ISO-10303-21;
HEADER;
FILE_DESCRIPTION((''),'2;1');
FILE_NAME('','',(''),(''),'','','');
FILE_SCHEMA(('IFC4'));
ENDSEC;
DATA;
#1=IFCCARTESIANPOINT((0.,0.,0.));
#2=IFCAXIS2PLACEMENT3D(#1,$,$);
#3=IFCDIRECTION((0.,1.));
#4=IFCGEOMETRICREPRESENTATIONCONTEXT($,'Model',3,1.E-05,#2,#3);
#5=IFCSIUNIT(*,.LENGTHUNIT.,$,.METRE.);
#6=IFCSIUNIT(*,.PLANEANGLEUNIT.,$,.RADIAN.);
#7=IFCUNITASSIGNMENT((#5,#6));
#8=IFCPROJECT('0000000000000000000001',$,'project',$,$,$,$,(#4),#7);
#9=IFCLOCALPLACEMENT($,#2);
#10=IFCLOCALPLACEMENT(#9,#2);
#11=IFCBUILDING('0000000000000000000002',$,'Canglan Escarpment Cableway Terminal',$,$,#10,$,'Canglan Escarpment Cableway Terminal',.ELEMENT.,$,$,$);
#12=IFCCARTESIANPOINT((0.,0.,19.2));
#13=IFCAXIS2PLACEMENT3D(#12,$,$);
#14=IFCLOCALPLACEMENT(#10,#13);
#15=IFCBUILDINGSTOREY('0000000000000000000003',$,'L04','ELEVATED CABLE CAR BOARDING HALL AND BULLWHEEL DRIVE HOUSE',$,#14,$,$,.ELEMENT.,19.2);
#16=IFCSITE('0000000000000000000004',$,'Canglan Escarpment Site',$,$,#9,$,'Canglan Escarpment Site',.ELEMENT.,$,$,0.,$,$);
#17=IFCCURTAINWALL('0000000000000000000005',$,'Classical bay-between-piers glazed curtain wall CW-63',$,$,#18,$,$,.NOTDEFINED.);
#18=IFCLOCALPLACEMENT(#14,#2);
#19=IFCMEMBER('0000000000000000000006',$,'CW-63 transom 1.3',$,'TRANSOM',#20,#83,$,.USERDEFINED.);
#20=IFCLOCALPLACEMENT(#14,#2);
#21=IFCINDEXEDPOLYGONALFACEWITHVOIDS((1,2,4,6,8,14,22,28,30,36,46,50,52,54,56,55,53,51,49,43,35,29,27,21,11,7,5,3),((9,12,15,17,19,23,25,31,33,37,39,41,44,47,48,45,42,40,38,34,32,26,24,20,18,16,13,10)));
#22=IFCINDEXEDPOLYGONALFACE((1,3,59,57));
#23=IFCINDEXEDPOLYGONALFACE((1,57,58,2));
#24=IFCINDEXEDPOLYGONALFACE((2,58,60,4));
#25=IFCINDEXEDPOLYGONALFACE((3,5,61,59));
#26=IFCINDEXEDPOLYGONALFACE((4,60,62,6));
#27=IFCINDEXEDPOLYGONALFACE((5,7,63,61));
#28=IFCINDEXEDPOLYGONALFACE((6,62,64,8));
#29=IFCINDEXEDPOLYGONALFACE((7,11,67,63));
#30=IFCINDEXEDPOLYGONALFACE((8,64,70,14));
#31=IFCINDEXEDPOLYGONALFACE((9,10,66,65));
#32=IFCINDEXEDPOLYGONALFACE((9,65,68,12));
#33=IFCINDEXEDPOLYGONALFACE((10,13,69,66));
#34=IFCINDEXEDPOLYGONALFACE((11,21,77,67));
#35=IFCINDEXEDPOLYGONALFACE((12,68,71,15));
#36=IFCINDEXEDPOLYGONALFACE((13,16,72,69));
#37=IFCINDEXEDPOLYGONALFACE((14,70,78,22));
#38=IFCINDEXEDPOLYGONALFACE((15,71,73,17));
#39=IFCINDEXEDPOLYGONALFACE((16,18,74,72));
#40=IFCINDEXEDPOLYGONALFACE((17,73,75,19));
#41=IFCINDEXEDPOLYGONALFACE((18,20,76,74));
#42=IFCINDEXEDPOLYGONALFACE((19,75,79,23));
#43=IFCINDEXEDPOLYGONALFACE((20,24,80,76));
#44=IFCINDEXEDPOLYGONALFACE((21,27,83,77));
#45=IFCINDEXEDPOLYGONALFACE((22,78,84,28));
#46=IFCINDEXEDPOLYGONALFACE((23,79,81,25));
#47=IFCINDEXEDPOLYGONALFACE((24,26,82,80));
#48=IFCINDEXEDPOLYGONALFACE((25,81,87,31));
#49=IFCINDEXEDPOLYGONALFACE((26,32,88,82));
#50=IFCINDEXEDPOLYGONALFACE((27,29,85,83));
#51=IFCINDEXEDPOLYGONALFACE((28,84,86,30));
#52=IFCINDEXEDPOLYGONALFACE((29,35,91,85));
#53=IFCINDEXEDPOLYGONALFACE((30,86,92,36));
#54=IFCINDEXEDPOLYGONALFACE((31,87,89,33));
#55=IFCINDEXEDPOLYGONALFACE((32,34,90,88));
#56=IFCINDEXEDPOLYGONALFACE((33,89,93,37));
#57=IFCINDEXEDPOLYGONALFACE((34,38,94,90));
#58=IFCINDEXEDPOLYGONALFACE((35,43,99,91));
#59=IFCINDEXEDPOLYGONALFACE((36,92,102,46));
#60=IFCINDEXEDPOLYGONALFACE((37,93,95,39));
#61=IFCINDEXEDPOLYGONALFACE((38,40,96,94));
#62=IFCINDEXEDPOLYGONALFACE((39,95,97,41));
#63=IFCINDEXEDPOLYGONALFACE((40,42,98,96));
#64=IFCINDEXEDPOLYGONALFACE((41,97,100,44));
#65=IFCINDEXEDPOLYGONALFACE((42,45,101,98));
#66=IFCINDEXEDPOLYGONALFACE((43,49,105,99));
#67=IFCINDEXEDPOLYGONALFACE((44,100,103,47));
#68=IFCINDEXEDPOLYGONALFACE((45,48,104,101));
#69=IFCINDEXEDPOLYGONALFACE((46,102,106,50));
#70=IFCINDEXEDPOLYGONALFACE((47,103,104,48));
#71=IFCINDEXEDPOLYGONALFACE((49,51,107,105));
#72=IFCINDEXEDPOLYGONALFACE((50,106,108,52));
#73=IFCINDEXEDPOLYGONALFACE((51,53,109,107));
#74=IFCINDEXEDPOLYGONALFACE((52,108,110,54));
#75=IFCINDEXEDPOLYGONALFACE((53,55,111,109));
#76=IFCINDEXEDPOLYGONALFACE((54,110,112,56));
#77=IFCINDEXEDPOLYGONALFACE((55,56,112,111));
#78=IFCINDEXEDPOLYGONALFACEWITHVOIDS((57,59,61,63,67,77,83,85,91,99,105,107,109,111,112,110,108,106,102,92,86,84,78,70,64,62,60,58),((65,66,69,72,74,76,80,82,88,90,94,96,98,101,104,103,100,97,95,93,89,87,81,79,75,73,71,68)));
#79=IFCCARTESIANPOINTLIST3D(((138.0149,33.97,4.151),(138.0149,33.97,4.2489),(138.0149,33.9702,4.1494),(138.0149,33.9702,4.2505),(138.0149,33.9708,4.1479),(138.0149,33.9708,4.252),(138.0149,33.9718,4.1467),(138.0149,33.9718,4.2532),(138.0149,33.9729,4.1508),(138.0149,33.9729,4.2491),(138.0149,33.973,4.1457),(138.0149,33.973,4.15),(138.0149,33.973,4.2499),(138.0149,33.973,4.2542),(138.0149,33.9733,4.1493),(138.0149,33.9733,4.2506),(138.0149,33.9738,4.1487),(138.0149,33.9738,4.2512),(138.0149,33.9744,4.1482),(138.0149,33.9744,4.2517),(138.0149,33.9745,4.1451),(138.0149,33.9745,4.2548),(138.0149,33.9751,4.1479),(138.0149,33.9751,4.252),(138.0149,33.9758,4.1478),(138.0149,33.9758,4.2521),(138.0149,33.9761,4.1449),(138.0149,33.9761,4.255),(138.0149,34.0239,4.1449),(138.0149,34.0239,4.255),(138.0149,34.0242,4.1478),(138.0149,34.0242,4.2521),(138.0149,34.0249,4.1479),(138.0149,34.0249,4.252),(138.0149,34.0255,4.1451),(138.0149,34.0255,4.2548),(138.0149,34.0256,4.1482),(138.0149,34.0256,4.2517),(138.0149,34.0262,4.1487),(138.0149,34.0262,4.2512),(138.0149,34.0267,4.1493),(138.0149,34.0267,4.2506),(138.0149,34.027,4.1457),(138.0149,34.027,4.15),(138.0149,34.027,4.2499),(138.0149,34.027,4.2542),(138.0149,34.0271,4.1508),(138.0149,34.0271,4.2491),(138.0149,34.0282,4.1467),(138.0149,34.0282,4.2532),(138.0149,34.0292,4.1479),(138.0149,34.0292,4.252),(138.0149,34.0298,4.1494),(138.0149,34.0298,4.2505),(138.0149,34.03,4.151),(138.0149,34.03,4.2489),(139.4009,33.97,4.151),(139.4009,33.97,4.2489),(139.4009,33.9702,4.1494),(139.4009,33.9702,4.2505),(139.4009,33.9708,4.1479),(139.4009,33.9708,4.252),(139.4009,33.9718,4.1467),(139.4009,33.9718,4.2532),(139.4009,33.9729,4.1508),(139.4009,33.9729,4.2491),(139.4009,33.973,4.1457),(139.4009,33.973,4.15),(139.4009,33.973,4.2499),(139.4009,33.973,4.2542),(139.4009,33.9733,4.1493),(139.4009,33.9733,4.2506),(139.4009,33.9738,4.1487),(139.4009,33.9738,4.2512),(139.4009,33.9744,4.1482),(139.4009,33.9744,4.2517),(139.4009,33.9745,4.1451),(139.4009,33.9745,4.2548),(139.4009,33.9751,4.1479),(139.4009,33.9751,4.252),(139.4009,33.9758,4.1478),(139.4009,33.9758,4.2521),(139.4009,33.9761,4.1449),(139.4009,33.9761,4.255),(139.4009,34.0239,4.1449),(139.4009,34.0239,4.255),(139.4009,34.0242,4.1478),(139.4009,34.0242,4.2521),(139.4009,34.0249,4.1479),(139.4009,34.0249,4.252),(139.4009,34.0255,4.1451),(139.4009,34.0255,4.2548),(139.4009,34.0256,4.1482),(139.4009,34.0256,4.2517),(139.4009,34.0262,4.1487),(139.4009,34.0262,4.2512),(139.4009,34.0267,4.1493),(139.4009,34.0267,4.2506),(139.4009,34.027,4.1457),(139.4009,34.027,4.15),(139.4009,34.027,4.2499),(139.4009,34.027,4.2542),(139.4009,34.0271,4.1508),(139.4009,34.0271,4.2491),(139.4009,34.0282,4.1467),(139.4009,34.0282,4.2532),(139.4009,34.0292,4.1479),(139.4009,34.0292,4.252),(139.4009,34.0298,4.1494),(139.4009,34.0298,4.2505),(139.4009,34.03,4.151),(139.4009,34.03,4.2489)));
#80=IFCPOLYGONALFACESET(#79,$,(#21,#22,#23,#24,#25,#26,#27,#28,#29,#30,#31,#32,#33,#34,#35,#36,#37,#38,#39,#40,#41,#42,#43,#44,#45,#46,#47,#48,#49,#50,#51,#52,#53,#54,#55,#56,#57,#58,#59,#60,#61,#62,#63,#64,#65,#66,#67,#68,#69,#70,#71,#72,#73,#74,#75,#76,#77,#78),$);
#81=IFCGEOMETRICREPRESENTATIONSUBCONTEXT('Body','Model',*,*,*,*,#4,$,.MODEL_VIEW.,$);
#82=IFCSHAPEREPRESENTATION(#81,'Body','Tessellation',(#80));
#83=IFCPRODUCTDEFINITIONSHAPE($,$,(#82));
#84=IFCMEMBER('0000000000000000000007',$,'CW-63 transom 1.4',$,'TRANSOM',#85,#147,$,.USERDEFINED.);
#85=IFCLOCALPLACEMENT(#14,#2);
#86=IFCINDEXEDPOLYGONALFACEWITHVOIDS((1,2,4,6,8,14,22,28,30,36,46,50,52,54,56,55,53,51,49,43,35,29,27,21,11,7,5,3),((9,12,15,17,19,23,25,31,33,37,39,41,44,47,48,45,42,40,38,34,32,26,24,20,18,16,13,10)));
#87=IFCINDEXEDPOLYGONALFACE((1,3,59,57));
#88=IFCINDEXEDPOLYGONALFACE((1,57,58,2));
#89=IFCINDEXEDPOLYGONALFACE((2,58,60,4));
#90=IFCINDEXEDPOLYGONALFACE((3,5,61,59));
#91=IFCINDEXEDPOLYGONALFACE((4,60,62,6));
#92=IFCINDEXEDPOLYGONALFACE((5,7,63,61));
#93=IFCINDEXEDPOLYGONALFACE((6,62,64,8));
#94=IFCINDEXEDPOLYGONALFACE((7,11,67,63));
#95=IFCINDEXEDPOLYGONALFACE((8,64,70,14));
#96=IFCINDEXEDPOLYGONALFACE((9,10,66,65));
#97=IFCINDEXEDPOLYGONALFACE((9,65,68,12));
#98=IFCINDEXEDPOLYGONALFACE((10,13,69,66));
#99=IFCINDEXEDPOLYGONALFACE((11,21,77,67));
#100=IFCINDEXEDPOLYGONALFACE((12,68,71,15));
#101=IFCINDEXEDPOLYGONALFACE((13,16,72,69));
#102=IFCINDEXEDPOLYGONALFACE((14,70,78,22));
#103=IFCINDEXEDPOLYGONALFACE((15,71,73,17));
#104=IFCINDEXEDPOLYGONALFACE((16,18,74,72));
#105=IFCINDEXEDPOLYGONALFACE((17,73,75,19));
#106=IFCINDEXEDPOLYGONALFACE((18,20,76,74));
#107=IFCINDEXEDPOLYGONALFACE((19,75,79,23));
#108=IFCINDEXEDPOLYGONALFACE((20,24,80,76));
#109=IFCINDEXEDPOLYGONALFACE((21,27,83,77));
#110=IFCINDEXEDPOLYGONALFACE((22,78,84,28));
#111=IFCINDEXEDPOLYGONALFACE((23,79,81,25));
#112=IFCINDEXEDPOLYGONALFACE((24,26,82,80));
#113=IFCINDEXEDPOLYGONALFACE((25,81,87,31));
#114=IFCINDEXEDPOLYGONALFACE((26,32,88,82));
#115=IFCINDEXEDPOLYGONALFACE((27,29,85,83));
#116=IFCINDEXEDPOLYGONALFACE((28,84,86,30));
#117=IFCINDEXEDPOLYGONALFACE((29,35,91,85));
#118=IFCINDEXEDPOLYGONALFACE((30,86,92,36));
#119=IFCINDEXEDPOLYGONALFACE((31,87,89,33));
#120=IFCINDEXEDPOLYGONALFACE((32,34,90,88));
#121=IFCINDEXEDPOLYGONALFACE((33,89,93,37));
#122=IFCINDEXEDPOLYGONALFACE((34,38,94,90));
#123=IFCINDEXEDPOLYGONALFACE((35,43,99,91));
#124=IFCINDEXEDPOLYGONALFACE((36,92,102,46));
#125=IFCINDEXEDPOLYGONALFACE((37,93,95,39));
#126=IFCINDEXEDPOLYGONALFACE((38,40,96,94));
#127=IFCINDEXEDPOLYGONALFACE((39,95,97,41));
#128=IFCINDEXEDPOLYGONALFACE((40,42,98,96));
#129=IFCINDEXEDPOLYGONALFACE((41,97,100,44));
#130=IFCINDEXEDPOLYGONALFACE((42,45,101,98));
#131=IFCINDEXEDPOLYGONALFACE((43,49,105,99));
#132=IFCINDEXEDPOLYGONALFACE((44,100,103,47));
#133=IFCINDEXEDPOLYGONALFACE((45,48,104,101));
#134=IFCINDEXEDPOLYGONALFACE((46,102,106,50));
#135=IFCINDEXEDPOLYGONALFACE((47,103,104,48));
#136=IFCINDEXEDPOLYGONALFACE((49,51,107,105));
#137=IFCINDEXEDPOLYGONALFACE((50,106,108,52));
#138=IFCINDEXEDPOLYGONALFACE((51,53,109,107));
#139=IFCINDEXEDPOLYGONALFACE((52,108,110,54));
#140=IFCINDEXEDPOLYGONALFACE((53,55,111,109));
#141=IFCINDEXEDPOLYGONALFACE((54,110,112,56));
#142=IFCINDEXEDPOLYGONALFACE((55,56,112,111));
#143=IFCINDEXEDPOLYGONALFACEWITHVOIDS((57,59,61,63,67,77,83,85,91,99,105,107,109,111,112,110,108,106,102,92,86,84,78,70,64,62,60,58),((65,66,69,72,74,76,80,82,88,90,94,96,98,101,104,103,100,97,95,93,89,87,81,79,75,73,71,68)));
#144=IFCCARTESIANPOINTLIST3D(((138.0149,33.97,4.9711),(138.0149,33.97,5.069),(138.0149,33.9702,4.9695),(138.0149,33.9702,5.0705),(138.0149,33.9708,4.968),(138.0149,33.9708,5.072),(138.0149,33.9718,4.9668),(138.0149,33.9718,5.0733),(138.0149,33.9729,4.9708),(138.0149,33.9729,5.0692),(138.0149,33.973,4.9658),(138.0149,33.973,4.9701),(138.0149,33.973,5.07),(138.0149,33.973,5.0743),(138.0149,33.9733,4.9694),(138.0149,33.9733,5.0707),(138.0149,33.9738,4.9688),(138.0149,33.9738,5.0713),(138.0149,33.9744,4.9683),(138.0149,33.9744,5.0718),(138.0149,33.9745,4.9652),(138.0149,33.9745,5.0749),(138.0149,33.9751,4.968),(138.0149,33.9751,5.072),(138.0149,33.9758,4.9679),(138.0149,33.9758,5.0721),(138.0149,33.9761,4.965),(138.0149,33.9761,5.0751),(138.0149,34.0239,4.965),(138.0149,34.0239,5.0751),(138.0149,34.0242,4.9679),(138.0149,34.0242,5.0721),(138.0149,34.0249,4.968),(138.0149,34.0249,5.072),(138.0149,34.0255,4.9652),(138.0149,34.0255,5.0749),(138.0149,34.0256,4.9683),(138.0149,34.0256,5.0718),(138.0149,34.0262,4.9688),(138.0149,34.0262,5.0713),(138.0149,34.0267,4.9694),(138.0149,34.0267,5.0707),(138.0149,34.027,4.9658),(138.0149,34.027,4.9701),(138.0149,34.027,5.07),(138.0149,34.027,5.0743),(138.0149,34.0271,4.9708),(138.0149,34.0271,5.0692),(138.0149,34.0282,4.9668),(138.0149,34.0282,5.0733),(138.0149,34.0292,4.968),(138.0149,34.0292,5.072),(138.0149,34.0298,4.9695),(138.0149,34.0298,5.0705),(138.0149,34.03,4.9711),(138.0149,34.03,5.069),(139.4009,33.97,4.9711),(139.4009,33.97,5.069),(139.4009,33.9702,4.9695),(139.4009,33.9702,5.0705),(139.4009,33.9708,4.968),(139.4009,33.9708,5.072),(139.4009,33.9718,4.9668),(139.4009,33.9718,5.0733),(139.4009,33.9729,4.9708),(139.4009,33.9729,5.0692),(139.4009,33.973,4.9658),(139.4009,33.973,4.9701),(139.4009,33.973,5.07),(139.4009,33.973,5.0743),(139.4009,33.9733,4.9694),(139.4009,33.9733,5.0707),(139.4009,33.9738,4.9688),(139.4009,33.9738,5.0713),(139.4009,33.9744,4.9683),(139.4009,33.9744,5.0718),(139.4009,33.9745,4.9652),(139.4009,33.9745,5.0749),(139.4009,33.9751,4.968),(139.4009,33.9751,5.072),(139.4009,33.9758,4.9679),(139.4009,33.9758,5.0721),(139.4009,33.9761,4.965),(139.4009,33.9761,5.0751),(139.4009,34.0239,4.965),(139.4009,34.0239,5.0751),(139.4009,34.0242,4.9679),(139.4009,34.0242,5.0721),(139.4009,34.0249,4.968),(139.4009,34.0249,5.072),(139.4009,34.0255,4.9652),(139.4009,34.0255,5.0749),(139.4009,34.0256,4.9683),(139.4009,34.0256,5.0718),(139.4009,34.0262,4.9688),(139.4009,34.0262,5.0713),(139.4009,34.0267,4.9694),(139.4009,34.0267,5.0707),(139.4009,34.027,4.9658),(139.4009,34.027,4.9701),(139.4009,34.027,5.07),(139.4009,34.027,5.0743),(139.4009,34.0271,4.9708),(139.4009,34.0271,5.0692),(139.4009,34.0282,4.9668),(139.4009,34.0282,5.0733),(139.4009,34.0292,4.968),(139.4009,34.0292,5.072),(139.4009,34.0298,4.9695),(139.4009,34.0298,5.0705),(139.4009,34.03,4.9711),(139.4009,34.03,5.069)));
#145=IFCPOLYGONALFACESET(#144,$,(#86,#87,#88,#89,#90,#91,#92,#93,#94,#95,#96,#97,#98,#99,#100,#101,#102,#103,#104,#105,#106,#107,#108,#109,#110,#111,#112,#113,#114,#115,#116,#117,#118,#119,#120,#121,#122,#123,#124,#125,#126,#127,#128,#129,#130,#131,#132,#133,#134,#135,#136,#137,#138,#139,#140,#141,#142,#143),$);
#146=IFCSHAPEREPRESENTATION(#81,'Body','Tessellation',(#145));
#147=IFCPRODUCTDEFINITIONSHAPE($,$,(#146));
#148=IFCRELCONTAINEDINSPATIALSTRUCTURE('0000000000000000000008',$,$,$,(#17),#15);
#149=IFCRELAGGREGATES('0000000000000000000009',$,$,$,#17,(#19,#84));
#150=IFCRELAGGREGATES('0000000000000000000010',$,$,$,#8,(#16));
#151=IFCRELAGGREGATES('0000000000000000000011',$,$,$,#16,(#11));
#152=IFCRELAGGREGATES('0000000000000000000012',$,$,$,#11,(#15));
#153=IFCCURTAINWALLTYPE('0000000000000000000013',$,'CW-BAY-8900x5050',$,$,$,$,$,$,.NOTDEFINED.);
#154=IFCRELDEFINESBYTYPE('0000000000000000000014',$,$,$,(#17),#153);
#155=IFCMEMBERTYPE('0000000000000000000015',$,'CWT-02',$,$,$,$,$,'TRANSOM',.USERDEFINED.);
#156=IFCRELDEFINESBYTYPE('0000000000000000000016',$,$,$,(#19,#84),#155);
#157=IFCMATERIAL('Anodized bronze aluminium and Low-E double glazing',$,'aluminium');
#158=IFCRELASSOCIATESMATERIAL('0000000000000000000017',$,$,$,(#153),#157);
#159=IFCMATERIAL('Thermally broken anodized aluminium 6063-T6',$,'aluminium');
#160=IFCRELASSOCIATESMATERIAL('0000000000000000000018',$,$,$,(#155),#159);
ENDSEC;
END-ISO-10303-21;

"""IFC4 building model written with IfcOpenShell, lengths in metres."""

from ifc_helpers import new_model, si_unit, direction, frame, origin, origin_2d, place, context, subcontext, project, spatial, hollow_rectangle, extrude, material, material_profile, profile_set, type_object, element, aggregate, save


model = new_model("IFC4")

# Units and contexts
model_context = context("Model", 3, precision=1e-05, world=origin(), true_north=direction((0.0, 1.0)))
body_context = subcontext(model_context, "Body", "Model", "MODEL_VIEW")
ifc_project = project(units=[si_unit("LENGTHUNIT", "METRE"), si_unit("PLANEANGLEUNIT", "RADIAN")], contexts=[model_context])

# Site, building, storey
site_placement = place(None, origin())
site = spatial("IfcSite", under=ifc_project, at=site_placement, Name="Canglan Escarpment Site", LongName="Canglan Escarpment Site", CompositionType="ELEMENT", RefElevation=0.0)
building_placement = place(site_placement, origin())
building = spatial("IfcBuilding", under=site, at=building_placement, Name="Canglan Escarpment Cableway Terminal", LongName="Canglan Escarpment Cableway Terminal", CompositionType="ELEMENT")
storey_placement = place(building_placement, frame((0.0, 0.0, 19.2)))
storey = spatial("IfcBuildingStorey", under=building, at=storey_placement, Name="L04", Description="ELEVATED CABLE CAR BOARDING HALL AND BULLWHEEL DRIVE HOUSE", CompositionType="ELEMENT", Elevation=19.2)

# Curtain wall, members
ifc_material_1 = material(Name="Anodized bronze aluminium and Low-E double glazing", Category="aluminium")
curtain_wall_type = type_object("IfcCurtainWallType", Name="CW-BAY-8900x5050", PredefinedType="NOTDEFINED", material=ifc_material_1)
curtain_wall_placement = place(storey_placement, origin())
curtain_wall = element("IfcCurtainWall", 1, at=curtain_wall_placement, inside=storey, type_object=curtain_wall_type, Name="Classical bay-between-piers glazed curtain wall CW-63", PredefinedType="NOTDEFINED")
ifc_material_2 = material(Name="Thermally broken anodized aluminium 6063-T6", Category="aluminium")
ifc_material_profile_1 = material_profile(ifc_material_2, hollow_rectangle(XDim=0.0601, YDim=0.1101, WallThickness=0.0029, InnerFilletRadius=0.0029, OuterFilletRadius=0.0061, at=origin_2d()), Name="ALU-TRAN 60x110x3")
ifc_profile_set_1 = profile_set([ifc_material_profile_1], Name="Thermally broken anodized aluminium 6063-T6")
member_type_1 = type_object("IfcMemberType", Name="CWT-02", ElementType="TRANSOM", PredefinedType="USERDEFINED", material=ifc_profile_set_1)
member_1_placement = place(storey_placement, frame((138.0149, 34.0, 4.2), z_axis=(1.0, 0.0, 0.0), x_axis=(0.0, 1.0, 0.0)))
member_1 = element("IfcMember", 2, at=member_1_placement, type_object=member_type_1, Name="CW-63 transom 1.3", ObjectType="TRANSOM", PredefinedType="USERDEFINED", context=body_context, shape_type="SweptSolid", body=[
    extrude(hollow_rectangle(XDim=0.0601, YDim=0.1101, WallThickness=0.0029, InnerFilletRadius=0.0029, OuterFilletRadius=0.0061, at=origin_2d()), origin(), (0.0, 0.0, 1.0), 1.386),
])
member_2_placement = place(storey_placement, frame((138.0149, 34.0, 5.02), z_axis=(1.0, 0.0, 0.0), x_axis=(0.0, 1.0, 0.0)))
member_2 = element("IfcMember", 3, at=member_2_placement, type_object=member_type_1, Name="CW-63 transom 1.4", ObjectType="TRANSOM", PredefinedType="USERDEFINED", context=body_context, shape_type="SweptSolid", body=[
    extrude(hollow_rectangle(XDim=0.0601, YDim=0.1101, WallThickness=0.0029, InnerFilletRadius=0.0029, OuterFilletRadius=0.0061, at=origin_2d()), origin(), (0.0, 0.0, 1.0), 1.386),
])

aggregate(curtain_wall, [member_1, member_2])

save(model, "model.ifc")
